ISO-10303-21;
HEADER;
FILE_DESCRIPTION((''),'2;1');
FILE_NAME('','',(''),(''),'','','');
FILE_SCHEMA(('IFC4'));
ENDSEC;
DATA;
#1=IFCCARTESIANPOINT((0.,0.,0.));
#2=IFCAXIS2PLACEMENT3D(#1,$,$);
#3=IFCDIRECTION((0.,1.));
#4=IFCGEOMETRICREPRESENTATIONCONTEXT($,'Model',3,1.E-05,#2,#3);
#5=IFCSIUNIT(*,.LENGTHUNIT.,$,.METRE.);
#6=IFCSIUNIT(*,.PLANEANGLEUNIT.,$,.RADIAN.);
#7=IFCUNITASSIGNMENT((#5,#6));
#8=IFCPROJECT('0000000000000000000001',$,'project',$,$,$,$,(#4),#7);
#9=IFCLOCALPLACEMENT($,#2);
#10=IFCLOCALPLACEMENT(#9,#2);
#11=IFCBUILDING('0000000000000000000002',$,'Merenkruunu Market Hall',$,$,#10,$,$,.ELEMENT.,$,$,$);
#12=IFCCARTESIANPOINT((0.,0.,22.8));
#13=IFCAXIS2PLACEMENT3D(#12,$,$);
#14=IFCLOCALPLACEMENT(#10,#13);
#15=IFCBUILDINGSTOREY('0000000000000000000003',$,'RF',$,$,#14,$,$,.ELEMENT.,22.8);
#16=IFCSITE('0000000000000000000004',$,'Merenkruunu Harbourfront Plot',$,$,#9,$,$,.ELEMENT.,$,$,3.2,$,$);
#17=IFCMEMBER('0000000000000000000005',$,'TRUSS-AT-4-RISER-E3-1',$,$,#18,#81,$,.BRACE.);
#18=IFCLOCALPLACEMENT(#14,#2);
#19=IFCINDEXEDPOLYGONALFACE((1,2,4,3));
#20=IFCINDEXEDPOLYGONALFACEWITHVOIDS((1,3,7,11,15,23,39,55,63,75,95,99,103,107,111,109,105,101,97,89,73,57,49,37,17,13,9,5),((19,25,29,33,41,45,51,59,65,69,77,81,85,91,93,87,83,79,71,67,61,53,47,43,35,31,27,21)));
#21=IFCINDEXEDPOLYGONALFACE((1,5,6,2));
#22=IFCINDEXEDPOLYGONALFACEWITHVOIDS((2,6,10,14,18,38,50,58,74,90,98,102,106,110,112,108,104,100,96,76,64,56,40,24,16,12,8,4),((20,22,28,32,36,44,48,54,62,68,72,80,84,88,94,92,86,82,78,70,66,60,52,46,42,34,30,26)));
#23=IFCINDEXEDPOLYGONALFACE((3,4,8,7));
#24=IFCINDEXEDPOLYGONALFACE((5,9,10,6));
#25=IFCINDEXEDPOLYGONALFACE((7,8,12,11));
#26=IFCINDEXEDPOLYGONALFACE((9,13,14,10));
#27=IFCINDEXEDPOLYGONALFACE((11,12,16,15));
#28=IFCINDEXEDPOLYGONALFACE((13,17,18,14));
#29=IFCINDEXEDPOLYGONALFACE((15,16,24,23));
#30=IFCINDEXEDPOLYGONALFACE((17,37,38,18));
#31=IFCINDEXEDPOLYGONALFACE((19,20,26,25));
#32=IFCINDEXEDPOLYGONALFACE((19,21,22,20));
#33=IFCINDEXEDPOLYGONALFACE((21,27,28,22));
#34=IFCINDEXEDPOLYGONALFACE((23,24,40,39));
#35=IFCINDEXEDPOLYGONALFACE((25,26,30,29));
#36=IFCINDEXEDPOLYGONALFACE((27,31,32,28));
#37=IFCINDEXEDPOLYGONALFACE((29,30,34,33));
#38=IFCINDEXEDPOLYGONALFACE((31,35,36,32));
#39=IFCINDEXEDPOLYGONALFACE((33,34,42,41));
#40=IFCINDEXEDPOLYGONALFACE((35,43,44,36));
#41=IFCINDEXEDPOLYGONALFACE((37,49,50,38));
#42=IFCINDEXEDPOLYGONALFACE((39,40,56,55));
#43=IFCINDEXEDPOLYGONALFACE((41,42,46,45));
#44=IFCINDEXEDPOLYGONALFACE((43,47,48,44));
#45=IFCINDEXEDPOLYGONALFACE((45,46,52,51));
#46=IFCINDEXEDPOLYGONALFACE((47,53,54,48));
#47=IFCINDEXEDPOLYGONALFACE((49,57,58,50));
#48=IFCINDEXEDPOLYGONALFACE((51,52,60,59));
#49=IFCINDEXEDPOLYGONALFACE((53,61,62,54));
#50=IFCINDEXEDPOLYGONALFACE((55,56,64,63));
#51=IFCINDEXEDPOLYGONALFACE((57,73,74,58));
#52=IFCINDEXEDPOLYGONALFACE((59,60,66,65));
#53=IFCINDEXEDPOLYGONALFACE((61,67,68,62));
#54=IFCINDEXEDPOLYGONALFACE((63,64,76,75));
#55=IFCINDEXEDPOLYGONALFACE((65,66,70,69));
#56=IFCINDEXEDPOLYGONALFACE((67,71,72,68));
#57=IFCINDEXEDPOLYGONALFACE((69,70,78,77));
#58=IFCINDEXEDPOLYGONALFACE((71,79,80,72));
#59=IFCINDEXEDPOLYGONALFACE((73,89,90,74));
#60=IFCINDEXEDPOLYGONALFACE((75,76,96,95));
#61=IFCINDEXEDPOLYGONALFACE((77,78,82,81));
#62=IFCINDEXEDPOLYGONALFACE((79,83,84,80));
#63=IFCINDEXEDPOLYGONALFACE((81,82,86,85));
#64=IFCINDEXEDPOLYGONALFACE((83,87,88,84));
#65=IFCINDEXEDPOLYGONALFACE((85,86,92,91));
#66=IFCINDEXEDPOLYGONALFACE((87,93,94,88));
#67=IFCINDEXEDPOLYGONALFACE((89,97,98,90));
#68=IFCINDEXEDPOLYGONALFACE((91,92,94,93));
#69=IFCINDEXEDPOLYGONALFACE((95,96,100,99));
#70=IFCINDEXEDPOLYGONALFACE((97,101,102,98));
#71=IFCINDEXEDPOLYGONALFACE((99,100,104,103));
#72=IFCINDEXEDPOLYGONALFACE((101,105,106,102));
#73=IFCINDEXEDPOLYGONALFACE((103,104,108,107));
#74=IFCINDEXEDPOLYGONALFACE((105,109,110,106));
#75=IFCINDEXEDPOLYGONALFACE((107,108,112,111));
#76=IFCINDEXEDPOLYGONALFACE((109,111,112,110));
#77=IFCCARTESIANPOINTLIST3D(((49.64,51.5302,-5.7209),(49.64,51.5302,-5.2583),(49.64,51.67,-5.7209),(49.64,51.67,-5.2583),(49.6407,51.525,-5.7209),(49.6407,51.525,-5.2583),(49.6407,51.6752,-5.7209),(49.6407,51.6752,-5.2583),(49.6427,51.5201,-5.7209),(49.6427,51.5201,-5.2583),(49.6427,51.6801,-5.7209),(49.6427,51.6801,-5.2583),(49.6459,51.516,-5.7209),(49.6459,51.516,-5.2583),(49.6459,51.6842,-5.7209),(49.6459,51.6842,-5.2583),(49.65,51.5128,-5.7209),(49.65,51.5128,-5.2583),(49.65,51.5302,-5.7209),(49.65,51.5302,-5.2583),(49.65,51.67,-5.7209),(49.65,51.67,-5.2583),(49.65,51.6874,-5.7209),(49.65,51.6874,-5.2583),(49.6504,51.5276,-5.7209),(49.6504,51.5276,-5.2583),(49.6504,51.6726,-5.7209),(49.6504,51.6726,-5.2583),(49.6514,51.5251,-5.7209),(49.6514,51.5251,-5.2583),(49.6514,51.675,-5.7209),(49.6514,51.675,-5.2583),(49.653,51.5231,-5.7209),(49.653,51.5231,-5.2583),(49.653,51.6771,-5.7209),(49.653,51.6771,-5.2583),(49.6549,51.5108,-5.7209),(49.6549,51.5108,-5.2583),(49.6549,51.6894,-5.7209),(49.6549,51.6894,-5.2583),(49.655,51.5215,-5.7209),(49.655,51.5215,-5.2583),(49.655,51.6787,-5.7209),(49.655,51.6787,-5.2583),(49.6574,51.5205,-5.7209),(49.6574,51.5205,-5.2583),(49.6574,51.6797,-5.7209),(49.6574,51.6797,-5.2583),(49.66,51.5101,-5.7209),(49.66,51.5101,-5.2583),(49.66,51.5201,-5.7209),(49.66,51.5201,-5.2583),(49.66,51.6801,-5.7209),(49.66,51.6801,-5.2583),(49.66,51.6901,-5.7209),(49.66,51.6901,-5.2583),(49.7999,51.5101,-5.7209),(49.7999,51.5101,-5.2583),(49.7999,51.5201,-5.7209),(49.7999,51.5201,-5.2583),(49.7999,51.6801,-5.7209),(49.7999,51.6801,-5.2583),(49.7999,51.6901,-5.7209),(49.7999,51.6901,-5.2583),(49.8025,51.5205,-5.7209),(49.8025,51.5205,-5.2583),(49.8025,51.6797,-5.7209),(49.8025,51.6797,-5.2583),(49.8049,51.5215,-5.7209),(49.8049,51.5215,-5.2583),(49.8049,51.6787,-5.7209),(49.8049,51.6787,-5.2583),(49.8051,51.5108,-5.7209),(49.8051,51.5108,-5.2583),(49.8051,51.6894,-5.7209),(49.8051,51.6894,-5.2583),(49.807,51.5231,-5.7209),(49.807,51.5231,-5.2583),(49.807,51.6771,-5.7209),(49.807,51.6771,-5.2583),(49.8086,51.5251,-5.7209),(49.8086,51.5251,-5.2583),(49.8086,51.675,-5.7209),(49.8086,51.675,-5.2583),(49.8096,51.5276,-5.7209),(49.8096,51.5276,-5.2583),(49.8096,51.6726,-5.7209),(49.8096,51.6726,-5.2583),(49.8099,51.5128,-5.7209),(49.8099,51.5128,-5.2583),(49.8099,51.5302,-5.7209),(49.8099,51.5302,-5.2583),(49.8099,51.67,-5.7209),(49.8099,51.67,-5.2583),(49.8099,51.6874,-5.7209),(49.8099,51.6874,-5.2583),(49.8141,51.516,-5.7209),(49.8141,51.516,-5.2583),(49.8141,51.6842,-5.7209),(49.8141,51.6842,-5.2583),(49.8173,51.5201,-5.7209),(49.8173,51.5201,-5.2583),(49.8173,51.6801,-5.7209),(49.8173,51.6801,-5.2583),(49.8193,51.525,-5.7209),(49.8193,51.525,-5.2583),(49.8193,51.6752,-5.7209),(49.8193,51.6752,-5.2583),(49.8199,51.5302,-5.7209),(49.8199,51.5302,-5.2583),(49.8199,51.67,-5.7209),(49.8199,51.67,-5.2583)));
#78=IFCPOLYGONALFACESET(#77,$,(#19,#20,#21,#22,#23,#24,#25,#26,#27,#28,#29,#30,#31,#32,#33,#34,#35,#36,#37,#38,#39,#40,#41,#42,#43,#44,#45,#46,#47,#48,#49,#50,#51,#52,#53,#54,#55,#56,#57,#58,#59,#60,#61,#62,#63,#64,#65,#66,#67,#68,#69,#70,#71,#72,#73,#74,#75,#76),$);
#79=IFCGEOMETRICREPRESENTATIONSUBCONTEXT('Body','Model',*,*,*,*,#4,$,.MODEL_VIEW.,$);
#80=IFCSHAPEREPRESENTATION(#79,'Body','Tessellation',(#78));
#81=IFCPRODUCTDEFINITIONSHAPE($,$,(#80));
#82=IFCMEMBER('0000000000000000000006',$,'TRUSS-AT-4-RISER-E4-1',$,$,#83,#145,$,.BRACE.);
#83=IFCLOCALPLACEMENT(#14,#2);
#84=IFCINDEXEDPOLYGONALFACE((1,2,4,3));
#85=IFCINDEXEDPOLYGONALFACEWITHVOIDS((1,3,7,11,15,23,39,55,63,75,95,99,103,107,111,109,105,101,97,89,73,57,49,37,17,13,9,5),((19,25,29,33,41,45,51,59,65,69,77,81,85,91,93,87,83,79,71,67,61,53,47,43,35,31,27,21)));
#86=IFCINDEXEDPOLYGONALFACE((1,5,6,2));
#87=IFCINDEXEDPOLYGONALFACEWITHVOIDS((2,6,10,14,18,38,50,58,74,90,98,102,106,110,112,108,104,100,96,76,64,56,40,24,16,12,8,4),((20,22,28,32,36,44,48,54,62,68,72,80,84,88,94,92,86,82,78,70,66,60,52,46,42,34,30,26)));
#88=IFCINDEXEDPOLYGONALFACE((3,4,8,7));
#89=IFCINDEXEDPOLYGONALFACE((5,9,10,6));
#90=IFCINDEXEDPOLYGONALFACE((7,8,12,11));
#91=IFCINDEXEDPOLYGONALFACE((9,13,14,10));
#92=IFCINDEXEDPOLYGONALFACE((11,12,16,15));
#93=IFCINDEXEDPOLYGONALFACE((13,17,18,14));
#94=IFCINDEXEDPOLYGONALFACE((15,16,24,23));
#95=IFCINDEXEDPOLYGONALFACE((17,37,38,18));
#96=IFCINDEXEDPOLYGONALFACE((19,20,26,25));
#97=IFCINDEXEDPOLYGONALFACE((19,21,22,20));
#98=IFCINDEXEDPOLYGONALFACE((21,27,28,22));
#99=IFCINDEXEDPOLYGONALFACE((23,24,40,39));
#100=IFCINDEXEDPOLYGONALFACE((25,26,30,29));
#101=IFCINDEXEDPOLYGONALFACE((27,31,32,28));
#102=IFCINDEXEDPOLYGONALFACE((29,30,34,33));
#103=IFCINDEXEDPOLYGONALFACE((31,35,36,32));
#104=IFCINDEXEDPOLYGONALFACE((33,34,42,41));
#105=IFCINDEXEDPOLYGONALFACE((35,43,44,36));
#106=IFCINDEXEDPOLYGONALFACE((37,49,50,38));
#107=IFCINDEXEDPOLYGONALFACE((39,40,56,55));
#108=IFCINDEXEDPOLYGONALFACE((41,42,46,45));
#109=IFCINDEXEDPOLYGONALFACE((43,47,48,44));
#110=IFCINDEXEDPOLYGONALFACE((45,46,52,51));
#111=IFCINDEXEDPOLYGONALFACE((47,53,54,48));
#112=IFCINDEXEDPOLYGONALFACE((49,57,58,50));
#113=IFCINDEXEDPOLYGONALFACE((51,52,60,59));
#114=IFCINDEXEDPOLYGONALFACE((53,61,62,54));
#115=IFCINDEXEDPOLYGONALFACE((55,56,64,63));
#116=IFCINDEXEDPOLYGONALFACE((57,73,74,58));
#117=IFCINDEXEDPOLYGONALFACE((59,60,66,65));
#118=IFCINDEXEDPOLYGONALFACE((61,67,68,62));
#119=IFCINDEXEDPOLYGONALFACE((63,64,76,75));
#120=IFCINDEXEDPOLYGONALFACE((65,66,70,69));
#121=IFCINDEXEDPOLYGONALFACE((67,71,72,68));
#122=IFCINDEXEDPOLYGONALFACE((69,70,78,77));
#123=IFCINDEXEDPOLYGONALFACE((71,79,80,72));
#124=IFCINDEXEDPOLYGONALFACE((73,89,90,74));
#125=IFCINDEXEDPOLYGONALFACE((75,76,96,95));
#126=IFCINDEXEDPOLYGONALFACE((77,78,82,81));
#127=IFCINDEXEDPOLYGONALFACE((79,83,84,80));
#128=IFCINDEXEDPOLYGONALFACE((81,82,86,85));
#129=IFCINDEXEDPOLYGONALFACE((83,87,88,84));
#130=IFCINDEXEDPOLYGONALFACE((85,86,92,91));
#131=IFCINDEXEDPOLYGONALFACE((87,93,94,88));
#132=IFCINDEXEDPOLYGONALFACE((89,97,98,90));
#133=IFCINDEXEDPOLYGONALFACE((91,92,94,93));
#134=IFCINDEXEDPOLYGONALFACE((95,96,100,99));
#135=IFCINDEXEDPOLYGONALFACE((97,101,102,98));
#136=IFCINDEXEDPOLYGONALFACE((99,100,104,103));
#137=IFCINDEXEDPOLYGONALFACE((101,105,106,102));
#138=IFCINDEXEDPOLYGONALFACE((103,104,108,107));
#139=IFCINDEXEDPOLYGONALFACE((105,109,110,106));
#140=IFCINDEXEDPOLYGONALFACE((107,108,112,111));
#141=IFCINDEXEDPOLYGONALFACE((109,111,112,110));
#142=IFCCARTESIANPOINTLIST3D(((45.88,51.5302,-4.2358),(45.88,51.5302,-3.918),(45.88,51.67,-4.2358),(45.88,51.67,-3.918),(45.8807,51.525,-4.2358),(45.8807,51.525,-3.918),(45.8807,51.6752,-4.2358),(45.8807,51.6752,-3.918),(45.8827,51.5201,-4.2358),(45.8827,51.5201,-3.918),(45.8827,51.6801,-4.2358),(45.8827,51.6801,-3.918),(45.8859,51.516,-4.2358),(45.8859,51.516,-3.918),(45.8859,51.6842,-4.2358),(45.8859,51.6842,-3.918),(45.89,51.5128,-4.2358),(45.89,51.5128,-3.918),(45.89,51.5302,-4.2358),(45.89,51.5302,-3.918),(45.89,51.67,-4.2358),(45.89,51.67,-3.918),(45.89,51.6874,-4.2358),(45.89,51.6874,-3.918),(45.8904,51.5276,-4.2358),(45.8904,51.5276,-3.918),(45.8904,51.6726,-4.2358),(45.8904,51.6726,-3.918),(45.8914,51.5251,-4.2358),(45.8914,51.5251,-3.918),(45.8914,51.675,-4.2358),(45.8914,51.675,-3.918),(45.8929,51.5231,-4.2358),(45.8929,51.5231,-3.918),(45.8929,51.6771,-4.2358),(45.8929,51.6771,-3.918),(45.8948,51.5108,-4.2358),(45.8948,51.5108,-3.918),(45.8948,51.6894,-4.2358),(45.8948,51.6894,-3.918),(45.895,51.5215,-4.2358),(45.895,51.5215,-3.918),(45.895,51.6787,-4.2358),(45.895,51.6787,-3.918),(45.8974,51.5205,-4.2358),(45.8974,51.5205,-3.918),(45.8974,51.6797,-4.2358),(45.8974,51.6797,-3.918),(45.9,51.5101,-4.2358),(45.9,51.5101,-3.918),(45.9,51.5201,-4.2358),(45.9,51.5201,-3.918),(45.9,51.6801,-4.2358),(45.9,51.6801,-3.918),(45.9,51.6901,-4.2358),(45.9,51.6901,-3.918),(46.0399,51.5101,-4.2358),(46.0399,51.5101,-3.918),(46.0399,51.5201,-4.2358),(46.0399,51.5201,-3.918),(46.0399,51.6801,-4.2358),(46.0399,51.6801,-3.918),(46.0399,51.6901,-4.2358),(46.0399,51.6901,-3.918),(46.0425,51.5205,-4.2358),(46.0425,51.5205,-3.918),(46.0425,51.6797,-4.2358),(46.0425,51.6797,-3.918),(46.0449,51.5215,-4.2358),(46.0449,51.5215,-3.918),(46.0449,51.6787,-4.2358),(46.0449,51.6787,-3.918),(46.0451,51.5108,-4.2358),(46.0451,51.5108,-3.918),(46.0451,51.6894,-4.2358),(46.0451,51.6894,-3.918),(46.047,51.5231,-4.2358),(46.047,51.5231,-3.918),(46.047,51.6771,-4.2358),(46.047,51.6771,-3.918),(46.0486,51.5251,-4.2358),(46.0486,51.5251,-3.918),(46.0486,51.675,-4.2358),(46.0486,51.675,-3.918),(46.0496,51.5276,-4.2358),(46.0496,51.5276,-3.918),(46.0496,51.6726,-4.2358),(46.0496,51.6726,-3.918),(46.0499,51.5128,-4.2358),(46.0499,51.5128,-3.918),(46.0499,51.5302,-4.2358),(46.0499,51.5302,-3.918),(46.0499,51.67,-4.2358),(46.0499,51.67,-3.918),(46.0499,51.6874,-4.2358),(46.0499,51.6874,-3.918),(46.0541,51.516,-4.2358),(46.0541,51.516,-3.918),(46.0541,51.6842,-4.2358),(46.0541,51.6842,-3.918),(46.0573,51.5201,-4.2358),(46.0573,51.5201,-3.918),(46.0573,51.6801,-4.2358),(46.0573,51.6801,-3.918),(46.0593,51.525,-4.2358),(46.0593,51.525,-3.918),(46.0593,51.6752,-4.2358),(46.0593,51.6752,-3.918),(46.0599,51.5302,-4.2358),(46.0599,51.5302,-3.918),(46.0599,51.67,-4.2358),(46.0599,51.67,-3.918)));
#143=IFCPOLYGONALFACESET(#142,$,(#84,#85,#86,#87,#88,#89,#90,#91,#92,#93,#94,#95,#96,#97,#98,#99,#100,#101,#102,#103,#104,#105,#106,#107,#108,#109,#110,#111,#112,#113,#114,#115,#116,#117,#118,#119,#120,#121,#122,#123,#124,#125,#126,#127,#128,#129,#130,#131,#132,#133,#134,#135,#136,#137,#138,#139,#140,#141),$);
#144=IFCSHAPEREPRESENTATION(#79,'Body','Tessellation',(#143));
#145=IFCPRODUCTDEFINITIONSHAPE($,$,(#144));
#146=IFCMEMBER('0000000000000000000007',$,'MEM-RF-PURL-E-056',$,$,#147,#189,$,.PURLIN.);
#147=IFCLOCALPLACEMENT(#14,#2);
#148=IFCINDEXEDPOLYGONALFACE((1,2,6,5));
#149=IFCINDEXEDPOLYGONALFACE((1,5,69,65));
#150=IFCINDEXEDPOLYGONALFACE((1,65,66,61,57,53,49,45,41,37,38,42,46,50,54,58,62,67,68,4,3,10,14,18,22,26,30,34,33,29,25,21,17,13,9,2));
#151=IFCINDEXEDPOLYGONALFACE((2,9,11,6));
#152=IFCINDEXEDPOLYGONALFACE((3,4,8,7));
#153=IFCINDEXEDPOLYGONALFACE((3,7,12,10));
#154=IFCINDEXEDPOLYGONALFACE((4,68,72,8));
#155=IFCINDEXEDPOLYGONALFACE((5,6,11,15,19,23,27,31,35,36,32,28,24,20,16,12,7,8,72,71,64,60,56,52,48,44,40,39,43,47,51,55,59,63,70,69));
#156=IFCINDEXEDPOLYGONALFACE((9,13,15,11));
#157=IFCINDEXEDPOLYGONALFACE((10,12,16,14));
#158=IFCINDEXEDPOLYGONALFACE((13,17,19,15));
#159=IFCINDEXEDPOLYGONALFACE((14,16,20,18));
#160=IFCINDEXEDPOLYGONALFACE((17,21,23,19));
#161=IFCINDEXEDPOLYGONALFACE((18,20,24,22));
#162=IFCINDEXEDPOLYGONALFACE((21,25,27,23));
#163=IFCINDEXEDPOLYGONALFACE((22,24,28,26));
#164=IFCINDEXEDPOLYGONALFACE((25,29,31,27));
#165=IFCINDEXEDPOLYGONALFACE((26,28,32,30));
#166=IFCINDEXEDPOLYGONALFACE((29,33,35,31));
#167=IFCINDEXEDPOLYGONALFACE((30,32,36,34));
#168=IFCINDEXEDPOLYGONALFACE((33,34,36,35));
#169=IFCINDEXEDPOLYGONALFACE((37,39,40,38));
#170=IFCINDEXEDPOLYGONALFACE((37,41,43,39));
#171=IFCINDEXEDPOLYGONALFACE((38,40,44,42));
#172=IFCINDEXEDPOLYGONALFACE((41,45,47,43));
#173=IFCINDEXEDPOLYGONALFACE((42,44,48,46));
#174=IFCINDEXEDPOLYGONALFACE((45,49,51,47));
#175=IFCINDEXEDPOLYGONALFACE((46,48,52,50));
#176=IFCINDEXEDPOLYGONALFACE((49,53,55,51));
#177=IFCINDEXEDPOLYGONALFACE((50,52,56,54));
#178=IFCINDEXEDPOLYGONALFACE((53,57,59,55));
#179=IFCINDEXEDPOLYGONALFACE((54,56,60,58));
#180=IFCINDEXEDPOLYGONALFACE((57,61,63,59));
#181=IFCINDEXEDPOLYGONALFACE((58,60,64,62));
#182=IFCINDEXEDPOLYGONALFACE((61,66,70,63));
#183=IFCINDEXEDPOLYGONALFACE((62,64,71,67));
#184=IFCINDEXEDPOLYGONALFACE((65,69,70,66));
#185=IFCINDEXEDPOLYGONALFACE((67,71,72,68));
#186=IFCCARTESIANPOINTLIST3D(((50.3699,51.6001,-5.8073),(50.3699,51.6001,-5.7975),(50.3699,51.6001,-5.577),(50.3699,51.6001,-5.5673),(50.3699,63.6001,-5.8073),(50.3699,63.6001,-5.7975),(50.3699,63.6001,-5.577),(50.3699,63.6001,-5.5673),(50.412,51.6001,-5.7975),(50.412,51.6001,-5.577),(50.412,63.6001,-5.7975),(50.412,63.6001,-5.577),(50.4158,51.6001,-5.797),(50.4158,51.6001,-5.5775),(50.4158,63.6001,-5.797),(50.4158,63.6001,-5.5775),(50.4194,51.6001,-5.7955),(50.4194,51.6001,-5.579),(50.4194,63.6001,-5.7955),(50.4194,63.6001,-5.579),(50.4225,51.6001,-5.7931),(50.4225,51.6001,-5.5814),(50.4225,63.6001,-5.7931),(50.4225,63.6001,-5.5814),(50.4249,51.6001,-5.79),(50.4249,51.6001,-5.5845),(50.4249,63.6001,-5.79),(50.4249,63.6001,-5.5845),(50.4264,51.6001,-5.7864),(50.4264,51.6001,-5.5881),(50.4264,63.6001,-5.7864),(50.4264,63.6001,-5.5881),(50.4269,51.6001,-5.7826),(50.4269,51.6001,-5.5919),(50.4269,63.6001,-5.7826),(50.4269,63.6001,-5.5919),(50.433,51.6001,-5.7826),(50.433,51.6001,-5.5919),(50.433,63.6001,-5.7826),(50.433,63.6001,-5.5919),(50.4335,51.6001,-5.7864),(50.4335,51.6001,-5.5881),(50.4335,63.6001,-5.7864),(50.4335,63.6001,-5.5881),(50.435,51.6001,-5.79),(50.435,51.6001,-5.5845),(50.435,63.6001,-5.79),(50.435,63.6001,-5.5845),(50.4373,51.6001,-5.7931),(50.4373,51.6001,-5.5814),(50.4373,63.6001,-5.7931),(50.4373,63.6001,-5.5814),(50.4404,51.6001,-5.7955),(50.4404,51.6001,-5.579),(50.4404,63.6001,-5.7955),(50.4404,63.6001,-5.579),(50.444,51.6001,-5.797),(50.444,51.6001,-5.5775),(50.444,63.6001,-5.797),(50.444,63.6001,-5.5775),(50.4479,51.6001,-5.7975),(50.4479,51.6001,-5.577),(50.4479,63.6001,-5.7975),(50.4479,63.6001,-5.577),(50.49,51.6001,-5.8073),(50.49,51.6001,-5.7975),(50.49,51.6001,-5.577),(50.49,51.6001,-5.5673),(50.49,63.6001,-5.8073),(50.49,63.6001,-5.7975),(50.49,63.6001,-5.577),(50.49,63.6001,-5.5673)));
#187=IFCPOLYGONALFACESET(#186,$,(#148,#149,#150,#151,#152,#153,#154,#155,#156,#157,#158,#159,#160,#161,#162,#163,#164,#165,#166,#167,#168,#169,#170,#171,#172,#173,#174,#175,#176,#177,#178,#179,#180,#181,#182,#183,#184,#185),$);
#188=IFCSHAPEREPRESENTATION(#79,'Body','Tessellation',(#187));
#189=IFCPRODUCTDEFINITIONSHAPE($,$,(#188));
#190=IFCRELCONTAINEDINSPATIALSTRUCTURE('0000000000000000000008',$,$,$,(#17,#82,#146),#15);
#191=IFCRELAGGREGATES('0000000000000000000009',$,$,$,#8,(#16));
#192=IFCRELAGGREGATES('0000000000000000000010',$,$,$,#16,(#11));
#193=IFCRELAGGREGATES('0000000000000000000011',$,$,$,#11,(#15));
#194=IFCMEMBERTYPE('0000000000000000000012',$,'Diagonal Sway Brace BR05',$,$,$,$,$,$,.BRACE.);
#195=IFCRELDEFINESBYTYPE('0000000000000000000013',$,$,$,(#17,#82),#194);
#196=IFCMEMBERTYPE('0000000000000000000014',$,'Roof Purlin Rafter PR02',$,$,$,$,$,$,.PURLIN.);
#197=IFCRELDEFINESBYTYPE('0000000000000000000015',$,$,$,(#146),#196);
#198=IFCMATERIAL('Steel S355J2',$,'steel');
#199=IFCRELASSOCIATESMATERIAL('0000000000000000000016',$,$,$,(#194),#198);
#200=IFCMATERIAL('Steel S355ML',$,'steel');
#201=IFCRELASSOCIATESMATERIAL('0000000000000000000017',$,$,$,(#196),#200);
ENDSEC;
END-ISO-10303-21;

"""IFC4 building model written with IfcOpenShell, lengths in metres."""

from ifc_helpers import new_model, si_unit, direction, frame, origin, origin_2d, place, context, subcontext, project, spatial, hollow_rectangle, i_section, extrude, material, material_profile, profile_set, type_object, element, save


model = new_model("IFC4")

# Units and contexts
model_context = context("Model", 3, precision=1e-05, world=origin(), true_north=direction((0.0, 1.0)))
body_context = subcontext(model_context, "Body", "Model", "MODEL_VIEW")
ifc_project = project(units=[si_unit("LENGTHUNIT", "METRE"), si_unit("PLANEANGLEUNIT", "RADIAN")], contexts=[model_context])

# Site, building, storey
site_placement = place(None, origin())
site = spatial("IfcSite", under=ifc_project, at=site_placement, Name="Merenkruunu Harbourfront Plot", CompositionType="ELEMENT", RefElevation=3.2)
building_placement = place(site_placement, origin())
building = spatial("IfcBuilding", under=site, at=building_placement, Name="Merenkruunu Market Hall", CompositionType="ELEMENT")
storey_placement = place(building_placement, frame((0.0, 0.0, 22.8)))
storey = spatial("IfcBuildingStorey", under=building, at=storey_placement, Name="RF", CompositionType="ELEMENT", Elevation=22.8)

# Shared definitions
ifc_material_1 = material(Name="Steel S355ML", Category="steel")

# Members
ifc_material_2 = material(Name="Steel S355J2", Category="steel")
ifc_material_profile_1 = material_profile(ifc_material_2, hollow_rectangle(XDim=0.1799, YDim=0.1799, WallThickness=0.01, InnerFilletRadius=0.01, OuterFilletRadius=0.02, at=origin_2d()), Name="SHS 180x180x10")
ifc_profile_set_1 = profile_set([ifc_material_profile_1], Name="Steel S355J2")
member_type_1 = type_object("IfcMemberType", Name="Diagonal Sway Brace BR05", PredefinedType="BRACE", material=ifc_profile_set_1)
member_1_placement = place(storey_placement, frame((49.73, 51.6001, -5.7209), z_axis=(0.0, 0.0, 1.0), x_axis=(1.0, 0.0, 0.0)))
element("IfcMember", 1, at=member_1_placement, inside=storey, type_object=member_type_1, Name="TRUSS-AT-4-RISER-E3-1", PredefinedType="BRACE", context=body_context, shape_type="SweptSolid", body=[
    extrude(hollow_rectangle(XDim=0.1799, YDim=0.1799, WallThickness=0.01, InnerFilletRadius=0.01, OuterFilletRadius=0.02, at=origin_2d()), origin(), (0.0, 0.0, 1.0), 0.4626),
])
member_2_placement = place(storey_placement, frame((45.97, 51.6001, -4.2358), z_axis=(0.0, 0.0, 1.0), x_axis=(1.0, 0.0, 0.0)))
element("IfcMember", 2, at=member_2_placement, inside=storey, type_object=member_type_1, Name="TRUSS-AT-4-RISER-E4-1", PredefinedType="BRACE", context=body_context, shape_type="SweptSolid", body=[
    extrude(hollow_rectangle(XDim=0.1799, YDim=0.1799, WallThickness=0.01, InnerFilletRadius=0.01, OuterFilletRadius=0.02, at=origin_2d()), origin(), (0.0, 0.0, 1.0), 0.3179),
])
ifc_material_profile_2 = material_profile(ifc_material_1, i_section(OverallWidth=0.1201, OverallDepth=0.24, WebThickness=0.0061, FlangeThickness=0.0098, FilletRadius=0.0149, at=origin_2d()), Name="IPE 240")
ifc_profile_set_2 = profile_set([ifc_material_profile_2], Name="Steel S355ML")
member_type_2 = type_object("IfcMemberType", Name="Roof Purlin Rafter PR02", PredefinedType="PURLIN", material=ifc_profile_set_2)
member_3_placement = place(storey_placement, frame((50.4299, 51.6001, -5.6873), z_axis=(0.0, 1.0, 0.0), x_axis=(-1.0, 0.0, 0.0)))
element("IfcMember", 3, at=member_3_placement, inside=storey, type_object=member_type_2, Name="MEM-RF-PURL-E-056", PredefinedType="PURLIN", context=body_context, shape_type="SweptSolid", body=[
    extrude(i_section(OverallWidth=0.1201, OverallDepth=0.24, WebThickness=0.0061, FlangeThickness=0.0098, FilletRadius=0.0149, at=origin_2d()), origin(), (0.0, 0.0, 1.0), 12.0),
])

save(model, "model.ifc")
